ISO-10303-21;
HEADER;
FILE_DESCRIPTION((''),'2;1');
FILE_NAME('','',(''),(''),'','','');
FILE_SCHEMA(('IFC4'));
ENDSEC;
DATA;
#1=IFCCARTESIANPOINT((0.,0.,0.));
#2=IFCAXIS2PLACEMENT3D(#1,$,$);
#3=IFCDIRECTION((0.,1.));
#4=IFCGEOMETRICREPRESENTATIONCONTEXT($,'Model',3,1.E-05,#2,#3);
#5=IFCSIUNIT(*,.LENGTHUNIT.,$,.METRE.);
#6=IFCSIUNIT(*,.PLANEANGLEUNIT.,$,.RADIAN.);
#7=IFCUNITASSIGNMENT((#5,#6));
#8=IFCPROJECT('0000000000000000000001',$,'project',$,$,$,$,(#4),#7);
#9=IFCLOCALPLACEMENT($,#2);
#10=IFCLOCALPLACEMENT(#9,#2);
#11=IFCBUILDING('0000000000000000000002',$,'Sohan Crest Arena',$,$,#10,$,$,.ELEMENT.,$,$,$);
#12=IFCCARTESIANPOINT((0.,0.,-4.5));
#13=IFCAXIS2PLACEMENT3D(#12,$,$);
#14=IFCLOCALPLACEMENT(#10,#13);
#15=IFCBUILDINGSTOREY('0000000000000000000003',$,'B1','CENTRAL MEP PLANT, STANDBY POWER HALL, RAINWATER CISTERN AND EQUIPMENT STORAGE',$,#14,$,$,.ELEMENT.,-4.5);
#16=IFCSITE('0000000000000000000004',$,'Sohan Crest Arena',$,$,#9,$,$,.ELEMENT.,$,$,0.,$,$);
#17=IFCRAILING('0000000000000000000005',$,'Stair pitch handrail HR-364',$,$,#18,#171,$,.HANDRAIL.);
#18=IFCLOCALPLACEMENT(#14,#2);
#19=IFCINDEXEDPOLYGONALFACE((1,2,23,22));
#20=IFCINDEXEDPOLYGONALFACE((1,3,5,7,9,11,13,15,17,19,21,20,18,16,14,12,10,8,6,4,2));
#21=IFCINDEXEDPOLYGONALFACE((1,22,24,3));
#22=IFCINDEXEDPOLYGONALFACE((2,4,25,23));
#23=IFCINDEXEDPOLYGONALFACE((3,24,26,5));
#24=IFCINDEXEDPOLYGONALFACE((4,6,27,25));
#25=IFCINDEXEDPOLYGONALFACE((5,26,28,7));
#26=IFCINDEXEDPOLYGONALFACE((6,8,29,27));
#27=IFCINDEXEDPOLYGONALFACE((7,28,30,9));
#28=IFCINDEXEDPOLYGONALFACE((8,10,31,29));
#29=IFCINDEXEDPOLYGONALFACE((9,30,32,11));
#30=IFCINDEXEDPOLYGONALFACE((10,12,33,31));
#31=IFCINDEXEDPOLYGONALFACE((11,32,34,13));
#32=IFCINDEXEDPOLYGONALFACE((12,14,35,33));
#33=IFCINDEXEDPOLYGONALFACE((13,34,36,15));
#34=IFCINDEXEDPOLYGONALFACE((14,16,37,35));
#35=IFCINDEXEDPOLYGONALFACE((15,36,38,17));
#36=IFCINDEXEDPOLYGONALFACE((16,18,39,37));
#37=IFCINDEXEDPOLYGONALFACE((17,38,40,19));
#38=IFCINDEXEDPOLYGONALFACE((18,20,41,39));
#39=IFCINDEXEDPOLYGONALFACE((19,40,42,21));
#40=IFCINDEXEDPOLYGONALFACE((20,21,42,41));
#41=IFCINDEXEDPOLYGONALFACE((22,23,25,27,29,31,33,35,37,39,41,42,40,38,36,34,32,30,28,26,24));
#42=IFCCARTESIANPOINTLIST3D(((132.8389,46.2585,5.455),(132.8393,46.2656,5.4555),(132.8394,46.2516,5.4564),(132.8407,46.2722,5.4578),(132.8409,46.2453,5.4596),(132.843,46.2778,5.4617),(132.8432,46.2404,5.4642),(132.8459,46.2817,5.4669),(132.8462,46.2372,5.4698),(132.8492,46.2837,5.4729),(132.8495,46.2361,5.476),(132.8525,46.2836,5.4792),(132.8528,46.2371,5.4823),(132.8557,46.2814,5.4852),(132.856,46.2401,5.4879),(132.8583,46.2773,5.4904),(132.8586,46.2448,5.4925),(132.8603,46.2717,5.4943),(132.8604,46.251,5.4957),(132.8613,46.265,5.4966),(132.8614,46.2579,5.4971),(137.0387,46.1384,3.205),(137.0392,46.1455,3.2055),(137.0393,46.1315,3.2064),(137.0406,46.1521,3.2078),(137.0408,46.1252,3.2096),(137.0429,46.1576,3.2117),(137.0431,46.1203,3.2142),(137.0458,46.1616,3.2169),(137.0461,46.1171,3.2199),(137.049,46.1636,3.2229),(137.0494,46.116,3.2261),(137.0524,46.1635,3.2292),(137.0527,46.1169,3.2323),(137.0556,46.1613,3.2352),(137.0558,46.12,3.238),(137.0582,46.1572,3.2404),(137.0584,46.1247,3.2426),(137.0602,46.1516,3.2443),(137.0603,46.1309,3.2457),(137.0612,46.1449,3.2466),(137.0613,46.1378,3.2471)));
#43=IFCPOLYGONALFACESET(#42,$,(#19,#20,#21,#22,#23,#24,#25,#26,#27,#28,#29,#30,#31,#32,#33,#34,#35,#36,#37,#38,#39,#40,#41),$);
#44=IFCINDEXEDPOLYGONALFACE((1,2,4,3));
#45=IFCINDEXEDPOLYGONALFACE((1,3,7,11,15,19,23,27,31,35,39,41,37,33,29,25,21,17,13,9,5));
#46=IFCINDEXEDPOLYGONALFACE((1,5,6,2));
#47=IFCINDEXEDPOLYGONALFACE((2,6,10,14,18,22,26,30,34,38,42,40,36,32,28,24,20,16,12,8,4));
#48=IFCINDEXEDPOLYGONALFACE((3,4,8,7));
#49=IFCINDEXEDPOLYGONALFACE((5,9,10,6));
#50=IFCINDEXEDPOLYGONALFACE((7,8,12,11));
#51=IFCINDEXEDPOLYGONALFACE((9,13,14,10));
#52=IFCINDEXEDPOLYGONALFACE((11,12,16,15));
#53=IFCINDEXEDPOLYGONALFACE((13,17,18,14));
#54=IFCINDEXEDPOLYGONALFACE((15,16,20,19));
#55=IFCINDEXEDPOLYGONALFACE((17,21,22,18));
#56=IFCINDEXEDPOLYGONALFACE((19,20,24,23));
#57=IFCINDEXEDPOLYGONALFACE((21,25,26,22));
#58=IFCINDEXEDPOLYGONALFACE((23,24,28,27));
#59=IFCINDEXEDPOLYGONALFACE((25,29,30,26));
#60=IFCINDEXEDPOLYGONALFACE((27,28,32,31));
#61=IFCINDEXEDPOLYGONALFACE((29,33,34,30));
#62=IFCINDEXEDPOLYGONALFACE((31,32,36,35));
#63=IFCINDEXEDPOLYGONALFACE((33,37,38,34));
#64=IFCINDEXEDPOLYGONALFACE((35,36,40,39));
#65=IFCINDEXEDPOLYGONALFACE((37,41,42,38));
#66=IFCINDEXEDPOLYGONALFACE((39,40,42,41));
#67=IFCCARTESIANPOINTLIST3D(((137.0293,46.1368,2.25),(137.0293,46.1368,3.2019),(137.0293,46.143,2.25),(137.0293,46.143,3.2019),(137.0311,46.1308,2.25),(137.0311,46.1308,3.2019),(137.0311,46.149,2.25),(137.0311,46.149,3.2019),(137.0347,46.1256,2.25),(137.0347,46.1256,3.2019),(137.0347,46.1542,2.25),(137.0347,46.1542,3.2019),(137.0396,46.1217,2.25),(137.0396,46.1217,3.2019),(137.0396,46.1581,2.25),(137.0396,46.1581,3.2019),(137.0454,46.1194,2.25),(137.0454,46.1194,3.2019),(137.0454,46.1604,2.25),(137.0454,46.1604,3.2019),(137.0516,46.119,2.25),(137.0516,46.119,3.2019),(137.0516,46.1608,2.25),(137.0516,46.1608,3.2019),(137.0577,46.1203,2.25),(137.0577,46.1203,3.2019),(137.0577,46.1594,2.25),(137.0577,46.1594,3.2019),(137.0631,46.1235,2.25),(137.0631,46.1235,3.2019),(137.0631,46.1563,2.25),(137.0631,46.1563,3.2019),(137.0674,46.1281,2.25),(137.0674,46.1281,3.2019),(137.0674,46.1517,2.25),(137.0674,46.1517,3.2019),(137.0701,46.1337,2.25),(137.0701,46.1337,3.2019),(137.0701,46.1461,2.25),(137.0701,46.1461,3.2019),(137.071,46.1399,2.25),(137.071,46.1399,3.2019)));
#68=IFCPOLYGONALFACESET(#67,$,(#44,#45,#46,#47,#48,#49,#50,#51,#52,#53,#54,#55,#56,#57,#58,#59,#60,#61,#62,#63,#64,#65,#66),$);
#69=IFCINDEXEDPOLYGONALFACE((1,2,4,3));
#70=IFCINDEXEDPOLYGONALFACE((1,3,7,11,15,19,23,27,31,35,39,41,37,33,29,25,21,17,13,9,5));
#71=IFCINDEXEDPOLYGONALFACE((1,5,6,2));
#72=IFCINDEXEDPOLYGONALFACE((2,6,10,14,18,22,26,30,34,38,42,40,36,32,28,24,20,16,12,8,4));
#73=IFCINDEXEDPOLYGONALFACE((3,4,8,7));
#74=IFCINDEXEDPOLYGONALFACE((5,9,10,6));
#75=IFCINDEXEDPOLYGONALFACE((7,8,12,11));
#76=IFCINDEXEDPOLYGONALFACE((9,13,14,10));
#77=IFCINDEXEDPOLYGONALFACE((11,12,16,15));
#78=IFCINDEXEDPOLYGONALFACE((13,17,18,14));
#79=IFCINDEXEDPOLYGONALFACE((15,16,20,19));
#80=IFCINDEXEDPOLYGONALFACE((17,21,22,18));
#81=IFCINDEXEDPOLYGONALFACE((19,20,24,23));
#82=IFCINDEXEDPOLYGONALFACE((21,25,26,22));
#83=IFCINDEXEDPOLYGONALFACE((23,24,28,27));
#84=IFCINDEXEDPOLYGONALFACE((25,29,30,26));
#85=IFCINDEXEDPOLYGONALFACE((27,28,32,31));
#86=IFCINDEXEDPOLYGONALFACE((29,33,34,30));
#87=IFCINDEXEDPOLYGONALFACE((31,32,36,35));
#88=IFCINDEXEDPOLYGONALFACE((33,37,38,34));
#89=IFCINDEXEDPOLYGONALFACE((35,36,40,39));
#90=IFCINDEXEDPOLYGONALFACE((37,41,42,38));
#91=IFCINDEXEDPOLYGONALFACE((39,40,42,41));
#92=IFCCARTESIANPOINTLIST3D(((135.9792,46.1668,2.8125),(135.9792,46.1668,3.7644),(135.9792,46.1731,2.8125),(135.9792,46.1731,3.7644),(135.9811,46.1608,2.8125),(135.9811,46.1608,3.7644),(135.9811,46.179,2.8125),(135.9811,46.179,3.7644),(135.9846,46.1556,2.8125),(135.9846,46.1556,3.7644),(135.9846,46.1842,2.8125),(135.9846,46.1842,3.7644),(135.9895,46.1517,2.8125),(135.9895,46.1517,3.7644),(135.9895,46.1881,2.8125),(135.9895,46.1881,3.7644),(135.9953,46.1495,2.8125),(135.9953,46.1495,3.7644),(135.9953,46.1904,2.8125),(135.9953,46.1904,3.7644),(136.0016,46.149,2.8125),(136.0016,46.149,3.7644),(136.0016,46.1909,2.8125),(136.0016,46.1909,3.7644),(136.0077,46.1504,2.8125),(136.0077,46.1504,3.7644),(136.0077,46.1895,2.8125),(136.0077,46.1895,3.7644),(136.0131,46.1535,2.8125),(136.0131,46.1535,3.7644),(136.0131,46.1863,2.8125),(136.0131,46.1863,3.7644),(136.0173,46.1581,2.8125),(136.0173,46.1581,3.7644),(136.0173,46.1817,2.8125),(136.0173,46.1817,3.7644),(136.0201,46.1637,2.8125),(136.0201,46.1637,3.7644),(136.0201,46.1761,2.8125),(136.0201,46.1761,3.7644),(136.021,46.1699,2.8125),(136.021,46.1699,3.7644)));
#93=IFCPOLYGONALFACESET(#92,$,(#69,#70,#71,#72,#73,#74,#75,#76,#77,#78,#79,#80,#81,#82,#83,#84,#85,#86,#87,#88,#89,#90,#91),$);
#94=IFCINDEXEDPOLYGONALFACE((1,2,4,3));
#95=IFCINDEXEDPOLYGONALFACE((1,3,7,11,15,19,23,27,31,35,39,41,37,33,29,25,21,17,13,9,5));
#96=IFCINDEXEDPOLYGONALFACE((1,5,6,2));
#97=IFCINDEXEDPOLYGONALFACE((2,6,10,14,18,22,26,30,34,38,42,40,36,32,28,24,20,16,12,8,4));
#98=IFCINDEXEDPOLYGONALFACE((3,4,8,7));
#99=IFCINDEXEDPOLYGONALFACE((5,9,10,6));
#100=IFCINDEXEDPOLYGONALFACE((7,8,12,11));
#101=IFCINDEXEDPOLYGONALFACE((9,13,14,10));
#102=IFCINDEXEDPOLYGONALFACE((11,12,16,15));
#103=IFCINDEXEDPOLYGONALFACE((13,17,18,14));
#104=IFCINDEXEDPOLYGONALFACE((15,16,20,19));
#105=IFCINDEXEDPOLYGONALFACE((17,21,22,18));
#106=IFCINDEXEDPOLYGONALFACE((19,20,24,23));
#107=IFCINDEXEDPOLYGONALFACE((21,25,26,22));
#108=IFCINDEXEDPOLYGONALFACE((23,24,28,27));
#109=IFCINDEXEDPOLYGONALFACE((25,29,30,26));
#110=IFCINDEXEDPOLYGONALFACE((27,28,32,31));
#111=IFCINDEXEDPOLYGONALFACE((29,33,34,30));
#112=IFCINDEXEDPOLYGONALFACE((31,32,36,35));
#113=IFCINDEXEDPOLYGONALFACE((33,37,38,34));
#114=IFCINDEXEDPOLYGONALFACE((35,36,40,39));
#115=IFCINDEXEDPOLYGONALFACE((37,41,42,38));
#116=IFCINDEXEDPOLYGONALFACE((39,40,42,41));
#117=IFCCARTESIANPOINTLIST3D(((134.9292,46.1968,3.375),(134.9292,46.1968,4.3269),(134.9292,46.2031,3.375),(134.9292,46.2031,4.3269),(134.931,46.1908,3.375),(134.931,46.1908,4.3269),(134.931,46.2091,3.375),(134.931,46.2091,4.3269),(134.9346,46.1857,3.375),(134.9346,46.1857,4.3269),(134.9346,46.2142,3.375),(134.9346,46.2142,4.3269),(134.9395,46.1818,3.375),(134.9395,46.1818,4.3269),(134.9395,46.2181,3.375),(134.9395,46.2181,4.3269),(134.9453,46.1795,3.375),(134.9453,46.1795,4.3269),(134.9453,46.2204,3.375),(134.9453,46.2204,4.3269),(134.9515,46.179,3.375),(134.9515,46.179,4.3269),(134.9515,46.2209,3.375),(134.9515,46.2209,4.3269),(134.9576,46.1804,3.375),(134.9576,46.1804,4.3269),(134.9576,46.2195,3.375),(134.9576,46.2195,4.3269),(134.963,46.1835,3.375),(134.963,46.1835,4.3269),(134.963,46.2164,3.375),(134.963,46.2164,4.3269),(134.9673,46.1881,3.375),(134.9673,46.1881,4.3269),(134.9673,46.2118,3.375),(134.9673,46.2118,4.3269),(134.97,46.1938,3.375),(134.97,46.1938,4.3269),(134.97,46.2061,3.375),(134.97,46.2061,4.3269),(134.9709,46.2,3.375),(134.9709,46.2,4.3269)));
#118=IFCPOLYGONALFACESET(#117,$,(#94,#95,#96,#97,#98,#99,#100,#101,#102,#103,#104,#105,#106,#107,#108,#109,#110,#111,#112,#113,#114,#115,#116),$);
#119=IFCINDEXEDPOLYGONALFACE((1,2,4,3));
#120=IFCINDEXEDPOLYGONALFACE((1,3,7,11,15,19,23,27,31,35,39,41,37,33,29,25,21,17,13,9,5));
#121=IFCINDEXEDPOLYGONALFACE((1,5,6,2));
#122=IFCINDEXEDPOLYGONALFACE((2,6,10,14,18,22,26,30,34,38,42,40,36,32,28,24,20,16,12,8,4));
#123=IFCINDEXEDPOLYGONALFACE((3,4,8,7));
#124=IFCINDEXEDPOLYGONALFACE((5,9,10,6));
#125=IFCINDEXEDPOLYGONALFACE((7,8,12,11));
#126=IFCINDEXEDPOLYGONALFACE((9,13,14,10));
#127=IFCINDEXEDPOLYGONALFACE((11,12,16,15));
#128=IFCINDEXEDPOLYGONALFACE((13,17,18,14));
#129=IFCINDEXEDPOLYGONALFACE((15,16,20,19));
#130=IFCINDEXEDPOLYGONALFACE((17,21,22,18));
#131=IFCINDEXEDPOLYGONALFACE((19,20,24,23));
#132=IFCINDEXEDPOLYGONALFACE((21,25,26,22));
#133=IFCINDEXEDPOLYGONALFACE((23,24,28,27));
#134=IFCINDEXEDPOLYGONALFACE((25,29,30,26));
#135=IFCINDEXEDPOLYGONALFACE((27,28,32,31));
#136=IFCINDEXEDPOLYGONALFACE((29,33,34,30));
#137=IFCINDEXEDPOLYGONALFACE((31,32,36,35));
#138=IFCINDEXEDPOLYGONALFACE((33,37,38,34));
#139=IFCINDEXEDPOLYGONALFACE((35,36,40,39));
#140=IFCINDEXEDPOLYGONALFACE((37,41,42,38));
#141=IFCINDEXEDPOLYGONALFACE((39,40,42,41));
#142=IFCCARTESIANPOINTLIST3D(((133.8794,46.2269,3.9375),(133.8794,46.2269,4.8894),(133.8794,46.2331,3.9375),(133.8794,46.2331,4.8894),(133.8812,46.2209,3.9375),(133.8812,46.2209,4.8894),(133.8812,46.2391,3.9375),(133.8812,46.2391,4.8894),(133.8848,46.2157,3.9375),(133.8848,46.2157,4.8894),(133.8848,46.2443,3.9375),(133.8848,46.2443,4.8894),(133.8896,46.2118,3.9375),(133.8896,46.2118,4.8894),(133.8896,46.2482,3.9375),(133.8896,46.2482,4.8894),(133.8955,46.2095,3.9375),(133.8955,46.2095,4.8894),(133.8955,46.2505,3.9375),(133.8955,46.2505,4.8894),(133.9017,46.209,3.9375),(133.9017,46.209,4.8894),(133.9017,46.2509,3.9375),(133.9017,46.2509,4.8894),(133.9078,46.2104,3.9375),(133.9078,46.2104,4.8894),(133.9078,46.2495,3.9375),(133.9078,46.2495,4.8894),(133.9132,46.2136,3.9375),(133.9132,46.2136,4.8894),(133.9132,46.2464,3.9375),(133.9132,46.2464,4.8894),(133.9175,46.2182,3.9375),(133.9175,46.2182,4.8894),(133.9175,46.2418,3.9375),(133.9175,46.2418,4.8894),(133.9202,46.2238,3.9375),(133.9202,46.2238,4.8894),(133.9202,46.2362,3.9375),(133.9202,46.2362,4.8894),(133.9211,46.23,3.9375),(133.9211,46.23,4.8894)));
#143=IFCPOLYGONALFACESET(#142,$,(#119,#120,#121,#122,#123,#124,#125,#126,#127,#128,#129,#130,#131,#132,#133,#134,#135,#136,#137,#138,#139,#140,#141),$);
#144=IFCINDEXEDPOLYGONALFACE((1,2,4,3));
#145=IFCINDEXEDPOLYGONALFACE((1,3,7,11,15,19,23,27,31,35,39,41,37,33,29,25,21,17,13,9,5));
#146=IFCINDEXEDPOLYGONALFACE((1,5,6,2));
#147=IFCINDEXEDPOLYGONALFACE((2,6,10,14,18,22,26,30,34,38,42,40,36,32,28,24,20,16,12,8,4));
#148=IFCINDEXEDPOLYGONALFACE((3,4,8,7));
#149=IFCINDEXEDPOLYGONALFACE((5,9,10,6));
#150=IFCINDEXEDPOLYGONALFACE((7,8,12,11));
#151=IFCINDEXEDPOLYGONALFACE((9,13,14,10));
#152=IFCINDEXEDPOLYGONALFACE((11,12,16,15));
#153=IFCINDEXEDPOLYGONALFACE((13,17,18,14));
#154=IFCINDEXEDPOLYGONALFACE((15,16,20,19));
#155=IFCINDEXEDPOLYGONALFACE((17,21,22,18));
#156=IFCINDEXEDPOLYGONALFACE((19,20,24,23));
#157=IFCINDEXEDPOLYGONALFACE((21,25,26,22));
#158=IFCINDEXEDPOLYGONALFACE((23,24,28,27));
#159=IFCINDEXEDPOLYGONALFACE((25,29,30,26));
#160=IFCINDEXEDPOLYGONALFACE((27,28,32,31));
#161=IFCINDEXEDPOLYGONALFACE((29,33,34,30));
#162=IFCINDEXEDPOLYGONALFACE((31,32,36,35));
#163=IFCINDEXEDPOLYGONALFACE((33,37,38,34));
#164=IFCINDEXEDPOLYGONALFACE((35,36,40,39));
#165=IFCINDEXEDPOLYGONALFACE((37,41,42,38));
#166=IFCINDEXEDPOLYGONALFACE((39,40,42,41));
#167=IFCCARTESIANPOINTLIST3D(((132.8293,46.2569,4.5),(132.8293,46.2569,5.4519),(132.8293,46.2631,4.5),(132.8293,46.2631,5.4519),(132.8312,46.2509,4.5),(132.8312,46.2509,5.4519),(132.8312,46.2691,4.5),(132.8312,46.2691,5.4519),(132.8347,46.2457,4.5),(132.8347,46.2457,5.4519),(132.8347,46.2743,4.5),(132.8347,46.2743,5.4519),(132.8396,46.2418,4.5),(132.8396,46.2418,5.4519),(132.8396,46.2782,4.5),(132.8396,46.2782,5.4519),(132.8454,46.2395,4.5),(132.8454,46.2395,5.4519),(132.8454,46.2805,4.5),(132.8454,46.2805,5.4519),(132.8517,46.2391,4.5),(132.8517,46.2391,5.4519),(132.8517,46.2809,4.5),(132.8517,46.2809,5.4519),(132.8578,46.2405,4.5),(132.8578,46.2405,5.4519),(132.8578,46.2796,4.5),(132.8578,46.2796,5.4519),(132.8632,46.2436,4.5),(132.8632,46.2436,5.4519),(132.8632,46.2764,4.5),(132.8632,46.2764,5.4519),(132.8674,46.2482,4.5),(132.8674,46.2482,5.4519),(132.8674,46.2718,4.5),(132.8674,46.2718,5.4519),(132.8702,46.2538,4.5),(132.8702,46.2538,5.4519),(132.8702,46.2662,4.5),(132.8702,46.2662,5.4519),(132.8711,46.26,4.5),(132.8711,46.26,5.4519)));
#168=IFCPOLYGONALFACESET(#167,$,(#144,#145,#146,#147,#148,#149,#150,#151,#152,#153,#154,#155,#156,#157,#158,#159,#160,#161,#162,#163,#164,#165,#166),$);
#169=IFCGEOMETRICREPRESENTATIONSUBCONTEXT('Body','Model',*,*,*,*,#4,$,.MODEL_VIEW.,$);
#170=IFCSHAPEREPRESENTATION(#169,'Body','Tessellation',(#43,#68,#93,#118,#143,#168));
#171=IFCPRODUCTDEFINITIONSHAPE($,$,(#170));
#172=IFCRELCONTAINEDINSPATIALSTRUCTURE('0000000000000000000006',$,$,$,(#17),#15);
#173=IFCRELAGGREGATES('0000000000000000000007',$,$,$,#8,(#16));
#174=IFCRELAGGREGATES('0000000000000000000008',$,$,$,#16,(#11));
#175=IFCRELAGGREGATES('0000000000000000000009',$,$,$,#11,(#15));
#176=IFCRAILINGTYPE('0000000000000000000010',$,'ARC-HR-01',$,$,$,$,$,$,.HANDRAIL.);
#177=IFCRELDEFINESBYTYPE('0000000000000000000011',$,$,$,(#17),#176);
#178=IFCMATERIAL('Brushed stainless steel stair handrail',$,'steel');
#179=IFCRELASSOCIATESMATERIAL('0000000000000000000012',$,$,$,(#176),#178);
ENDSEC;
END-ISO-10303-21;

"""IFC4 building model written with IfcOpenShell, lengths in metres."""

from ifc_helpers import new_model, si_unit, direction, frame, origin, origin_2d, place, context, subcontext, project, spatial, circle, extrude, material, type_object, element, save


model = new_model("IFC4")

# Units and contexts
model_context = context("Model", 3, precision=1e-05, world=origin(), true_north=direction((0.0, 1.0)))
body_context = subcontext(model_context, "Body", "Model", "MODEL_VIEW")
ifc_project = project(units=[si_unit("LENGTHUNIT", "METRE"), si_unit("PLANEANGLEUNIT", "RADIAN")], contexts=[model_context])

# Site, building, storey
site_placement = place(None, origin())
site = spatial("IfcSite", under=ifc_project, at=site_placement, Name="Sohan Crest Arena", CompositionType="ELEMENT", RefElevation=0.0)
building_placement = place(site_placement, origin())
building = spatial("IfcBuilding", under=site, at=building_placement, Name="Sohan Crest Arena", CompositionType="ELEMENT")
storey_placement = place(building_placement, frame((0.0, 0.0, -4.5)))
storey = spatial("IfcBuildingStorey", under=building, at=storey_placement, Name="B1", Description="CENTRAL MEP PLANT, STANDBY POWER HALL, RAINWATER CISTERN AND EQUIPMENT STORAGE", CompositionType="ELEMENT", Elevation=-4.5)

# Railing
ifc_material_1 = material(Name="Brushed stainless steel stair handrail", Category="steel")
railing_type_1 = type_object("IfcRailingType", Name="ARC-HR-01", PredefinedType="HANDRAIL", material=ifc_material_1)
railing_1_placement = place(storey_placement, frame((137.05, 46.1399, 2.25)))
element("IfcRailing", 1, at=railing_1_placement, inside=storey, type_object=railing_type_1, Name="Stair pitch handrail HR-364", PredefinedType="HANDRAIL", context=body_context, shape_type="SweptSolid", body=[
    extrude(circle(Radius=0.0239, at=origin_2d()), frame((0.0, 0.0, 0.9761), z_axis=(-0.881198, 0.025202, 0.472076), x_axis=(-0.028588, -0.999591, 0.0)), (0.0, 0.0, 1.0), 4.7661),
    extrude(circle(Radius=0.021, at=origin_2d()), origin(), (0.0, 0.0, 1.0), 0.9519),
    extrude(circle(Radius=0.021, at=origin_2d()), frame((-1.05, 0.03, 0.5625)), (0.0, 0.0, 1.0), 0.9519),
    extrude(circle(Radius=0.021, at=origin_2d()), frame((-2.1001, 0.0601, 1.125)), (0.0, 0.0, 1.0), 0.9519),
    extrude(circle(Radius=0.021, at=origin_2d()), frame((-3.1499, 0.0901, 1.6875)), (0.0, 0.0, 1.0), 0.9519),
    extrude(circle(Radius=0.021, at=origin_2d()), frame((-4.2, 0.1201, 2.25)), (0.0, 0.0, 1.0), 0.9519),
])

save(model, "model.ifc")
